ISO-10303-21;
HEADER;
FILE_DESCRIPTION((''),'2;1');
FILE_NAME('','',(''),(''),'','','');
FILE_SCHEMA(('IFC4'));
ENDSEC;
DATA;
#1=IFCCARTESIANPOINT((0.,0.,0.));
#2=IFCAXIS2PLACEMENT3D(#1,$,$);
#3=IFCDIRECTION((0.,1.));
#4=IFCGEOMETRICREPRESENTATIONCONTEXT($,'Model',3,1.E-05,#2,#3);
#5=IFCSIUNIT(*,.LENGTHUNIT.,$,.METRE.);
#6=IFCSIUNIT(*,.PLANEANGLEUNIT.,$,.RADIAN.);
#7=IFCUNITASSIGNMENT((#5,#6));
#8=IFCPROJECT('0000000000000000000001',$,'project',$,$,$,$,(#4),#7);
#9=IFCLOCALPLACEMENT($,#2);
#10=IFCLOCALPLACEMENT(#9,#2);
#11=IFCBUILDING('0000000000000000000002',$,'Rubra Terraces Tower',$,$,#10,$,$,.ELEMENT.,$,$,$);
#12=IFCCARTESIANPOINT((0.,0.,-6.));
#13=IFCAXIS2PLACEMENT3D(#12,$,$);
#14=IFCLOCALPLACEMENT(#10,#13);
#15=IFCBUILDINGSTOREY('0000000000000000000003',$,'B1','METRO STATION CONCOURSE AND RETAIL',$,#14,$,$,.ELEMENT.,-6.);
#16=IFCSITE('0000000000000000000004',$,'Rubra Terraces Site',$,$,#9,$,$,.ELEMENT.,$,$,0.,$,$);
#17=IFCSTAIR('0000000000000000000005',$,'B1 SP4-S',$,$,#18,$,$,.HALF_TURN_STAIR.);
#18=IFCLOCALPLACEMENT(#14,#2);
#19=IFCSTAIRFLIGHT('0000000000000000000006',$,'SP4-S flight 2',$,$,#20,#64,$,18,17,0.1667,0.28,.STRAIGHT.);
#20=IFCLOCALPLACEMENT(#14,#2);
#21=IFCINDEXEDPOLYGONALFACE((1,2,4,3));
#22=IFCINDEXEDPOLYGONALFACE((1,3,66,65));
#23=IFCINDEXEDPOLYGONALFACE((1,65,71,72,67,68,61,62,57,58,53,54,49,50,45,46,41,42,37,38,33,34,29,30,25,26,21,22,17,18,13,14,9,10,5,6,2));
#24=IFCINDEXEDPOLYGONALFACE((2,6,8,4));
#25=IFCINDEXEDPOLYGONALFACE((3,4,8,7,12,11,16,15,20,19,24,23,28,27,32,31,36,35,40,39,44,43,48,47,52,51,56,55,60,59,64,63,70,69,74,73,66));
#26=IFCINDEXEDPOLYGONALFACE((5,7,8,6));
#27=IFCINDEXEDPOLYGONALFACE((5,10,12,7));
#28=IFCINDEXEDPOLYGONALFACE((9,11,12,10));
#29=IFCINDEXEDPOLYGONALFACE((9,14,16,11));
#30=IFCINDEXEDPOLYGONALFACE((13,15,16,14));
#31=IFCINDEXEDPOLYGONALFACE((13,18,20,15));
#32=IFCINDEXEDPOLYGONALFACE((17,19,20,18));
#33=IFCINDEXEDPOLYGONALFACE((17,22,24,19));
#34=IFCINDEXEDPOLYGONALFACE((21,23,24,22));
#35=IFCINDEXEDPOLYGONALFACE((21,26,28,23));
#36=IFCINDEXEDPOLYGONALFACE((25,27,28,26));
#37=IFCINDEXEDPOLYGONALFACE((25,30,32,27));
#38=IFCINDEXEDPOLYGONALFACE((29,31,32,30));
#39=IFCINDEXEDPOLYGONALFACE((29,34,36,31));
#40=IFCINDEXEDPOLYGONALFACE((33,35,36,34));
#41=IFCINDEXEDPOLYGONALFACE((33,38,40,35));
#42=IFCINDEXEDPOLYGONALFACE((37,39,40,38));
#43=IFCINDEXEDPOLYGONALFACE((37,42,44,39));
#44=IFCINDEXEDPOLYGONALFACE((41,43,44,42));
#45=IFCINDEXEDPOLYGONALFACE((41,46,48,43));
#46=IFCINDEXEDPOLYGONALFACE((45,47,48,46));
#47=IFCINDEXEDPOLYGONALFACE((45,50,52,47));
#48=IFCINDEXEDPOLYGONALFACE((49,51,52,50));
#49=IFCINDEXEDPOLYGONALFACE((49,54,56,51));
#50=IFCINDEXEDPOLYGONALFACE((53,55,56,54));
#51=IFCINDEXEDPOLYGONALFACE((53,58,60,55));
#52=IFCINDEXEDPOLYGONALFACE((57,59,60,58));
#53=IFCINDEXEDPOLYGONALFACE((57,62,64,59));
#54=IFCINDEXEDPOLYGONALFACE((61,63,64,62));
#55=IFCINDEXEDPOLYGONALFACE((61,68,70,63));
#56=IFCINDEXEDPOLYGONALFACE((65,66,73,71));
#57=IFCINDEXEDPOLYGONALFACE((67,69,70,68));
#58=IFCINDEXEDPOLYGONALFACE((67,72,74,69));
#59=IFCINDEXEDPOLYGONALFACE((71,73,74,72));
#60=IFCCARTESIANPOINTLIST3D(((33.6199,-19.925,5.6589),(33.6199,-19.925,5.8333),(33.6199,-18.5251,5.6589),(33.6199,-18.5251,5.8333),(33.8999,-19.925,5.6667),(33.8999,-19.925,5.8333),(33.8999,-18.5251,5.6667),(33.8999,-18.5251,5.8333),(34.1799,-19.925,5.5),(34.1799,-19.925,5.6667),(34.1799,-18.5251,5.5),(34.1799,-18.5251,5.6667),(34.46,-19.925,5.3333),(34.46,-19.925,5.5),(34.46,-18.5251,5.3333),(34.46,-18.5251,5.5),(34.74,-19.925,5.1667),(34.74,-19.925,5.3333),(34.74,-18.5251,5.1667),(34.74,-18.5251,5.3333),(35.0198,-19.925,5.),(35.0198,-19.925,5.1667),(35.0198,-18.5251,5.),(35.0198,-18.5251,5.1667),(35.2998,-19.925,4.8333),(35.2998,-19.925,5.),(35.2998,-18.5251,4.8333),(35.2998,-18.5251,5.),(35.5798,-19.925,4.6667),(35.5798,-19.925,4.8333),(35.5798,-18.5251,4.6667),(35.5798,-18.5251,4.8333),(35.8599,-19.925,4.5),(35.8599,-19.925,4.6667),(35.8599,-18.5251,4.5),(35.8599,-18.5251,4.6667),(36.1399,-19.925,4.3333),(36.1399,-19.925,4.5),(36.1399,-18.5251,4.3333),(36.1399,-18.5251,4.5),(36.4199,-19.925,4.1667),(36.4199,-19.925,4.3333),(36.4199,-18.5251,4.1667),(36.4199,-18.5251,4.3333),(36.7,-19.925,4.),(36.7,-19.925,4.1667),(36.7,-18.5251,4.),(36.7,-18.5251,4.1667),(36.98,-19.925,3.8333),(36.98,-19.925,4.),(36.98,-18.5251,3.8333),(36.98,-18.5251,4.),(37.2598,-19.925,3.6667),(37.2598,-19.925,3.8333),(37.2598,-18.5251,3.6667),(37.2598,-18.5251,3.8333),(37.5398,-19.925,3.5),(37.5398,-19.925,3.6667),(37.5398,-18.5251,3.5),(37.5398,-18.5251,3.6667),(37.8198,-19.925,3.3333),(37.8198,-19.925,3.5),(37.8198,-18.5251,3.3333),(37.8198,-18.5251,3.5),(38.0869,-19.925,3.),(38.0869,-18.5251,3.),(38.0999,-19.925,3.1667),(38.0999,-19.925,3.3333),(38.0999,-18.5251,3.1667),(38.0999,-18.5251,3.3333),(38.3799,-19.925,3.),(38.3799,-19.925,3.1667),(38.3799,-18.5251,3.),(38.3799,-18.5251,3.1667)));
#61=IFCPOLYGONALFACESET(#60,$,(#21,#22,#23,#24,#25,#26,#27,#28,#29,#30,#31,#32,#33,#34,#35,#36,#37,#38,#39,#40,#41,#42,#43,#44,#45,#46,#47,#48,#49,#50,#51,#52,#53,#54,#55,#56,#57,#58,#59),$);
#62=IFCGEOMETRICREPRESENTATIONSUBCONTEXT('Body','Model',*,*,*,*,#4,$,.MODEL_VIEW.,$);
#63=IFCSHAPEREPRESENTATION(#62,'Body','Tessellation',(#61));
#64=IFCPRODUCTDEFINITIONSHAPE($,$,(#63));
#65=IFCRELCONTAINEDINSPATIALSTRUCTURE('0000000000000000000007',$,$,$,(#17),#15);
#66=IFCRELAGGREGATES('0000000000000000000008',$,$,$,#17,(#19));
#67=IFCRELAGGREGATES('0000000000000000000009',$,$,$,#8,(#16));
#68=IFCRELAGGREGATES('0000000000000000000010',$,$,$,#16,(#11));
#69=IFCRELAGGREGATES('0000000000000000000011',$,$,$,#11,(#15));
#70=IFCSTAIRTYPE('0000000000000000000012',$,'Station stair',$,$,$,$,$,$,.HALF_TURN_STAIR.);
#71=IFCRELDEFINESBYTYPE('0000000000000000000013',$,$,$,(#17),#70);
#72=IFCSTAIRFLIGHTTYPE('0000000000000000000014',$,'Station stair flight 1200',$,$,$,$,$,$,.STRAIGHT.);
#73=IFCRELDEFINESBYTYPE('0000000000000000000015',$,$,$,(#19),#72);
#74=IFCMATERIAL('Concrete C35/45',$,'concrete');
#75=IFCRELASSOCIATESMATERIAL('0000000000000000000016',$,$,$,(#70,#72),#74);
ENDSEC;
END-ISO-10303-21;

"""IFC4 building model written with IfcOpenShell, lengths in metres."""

from ifc_helpers import new_model, si_unit, direction, frame, origin, place, context, subcontext, project, spatial, polyline, outline, extrude, material, type_object, element, aggregate, save


model = new_model("IFC4")

# Units and contexts
model_context = context("Model", 3, precision=1e-05, world=origin(), true_north=direction((0.0, 1.0)))
body_context = subcontext(model_context, "Body", "Model", "MODEL_VIEW")
ifc_project = project(units=[si_unit("LENGTHUNIT", "METRE"), si_unit("PLANEANGLEUNIT", "RADIAN")], contexts=[model_context])

# Site, building, storey
site_placement = place(None, origin())
site = spatial("IfcSite", under=ifc_project, at=site_placement, Name="Rubra Terraces Site", CompositionType="ELEMENT", RefElevation=0.0)
building_placement = place(site_placement, origin())
building = spatial("IfcBuilding", under=site, at=building_placement, Name="Rubra Terraces Tower", CompositionType="ELEMENT")
storey_placement = place(building_placement, frame((0.0, 0.0, -6.0)))
storey = spatial("IfcBuildingStorey", under=building, at=storey_placement, Name="B1", Description="METRO STATION CONCOURSE AND RETAIL", CompositionType="ELEMENT", Elevation=-6.0)

# Stair, stair flight
ifc_material_1 = material(Name="Concrete C35/45", Category="concrete")
stair_type_1 = type_object("IfcStairType", Name="Station stair", PredefinedType="HALF_TURN_STAIR", material=ifc_material_1)
stair_1_placement = place(storey_placement, origin())
stair_1 = element("IfcStair", 1, at=stair_1_placement, inside=storey, type_object=stair_type_1, Name="B1 SP4-S", PredefinedType="HALF_TURN_STAIR")
stair_flight_type_1 = type_object("IfcStairFlightType", Name="Station stair flight 1200", PredefinedType="STRAIGHT", material=ifc_material_1)
stair_flight_1_placement = place(storey_placement, frame((38.3799, -19.2251, 3.0), z_axis=(0.0, 0.0, 1.0), x_axis=(-1.0, 0.0, 0.0)))
stair_flight_1 = element("IfcStairFlight", 2, at=stair_flight_1_placement, type_object=stair_flight_type_1, Name="SP4-S flight 2", NumberOfRisers=18, NumberOfTreads=17, PredefinedType="STRAIGHT", RiserHeight=0.1667, TreadLength=0.28, context=body_context, shape_type="SweptSolid", body=[
    extrude(outline(polyline([(0.0, 0.0), (0.0, 0.1667), (0.28, 0.1667), (0.28, 0.3333), (0.5601, 0.3333), (0.5601, 0.5), (0.8401, 0.5), (0.8401, 0.6667), (1.1201, 0.6667), (1.1201, 0.8333), (1.3999, 0.8333), (1.3999, 1.0), (1.6799, 1.0), (1.6799, 1.1667), (1.96, 1.1667), (1.96, 1.3333), (2.24, 1.3333), (2.24, 1.5), (2.52, 1.5), (2.52, 1.6667), (2.8, 1.6667), (2.8, 1.8333), (3.0801, 1.8333), (3.0801, 2.0), (3.3601, 2.0), (3.3601, 2.1667), (3.6399, 2.1667), (3.6399, 2.3333), (3.9199, 2.3333), (3.9199, 2.5), (4.2, 2.5), (4.2, 2.6667), (4.48, 2.6667), (4.48, 2.8333), (4.76, 2.8333), (4.76, 3.0), (4.76, 2.6589), (0.293, 0.0), (0.0, 0.0)])), frame((0.0, 0.7, 0.0), z_axis=(0.0, -1.0, 0.0), x_axis=(1.0, 0.0, 0.0)), (0.0, 0.0, 1.0), 1.3999),
])
aggregate(stair_1, [stair_flight_1])

save(model, "model.ifc")
